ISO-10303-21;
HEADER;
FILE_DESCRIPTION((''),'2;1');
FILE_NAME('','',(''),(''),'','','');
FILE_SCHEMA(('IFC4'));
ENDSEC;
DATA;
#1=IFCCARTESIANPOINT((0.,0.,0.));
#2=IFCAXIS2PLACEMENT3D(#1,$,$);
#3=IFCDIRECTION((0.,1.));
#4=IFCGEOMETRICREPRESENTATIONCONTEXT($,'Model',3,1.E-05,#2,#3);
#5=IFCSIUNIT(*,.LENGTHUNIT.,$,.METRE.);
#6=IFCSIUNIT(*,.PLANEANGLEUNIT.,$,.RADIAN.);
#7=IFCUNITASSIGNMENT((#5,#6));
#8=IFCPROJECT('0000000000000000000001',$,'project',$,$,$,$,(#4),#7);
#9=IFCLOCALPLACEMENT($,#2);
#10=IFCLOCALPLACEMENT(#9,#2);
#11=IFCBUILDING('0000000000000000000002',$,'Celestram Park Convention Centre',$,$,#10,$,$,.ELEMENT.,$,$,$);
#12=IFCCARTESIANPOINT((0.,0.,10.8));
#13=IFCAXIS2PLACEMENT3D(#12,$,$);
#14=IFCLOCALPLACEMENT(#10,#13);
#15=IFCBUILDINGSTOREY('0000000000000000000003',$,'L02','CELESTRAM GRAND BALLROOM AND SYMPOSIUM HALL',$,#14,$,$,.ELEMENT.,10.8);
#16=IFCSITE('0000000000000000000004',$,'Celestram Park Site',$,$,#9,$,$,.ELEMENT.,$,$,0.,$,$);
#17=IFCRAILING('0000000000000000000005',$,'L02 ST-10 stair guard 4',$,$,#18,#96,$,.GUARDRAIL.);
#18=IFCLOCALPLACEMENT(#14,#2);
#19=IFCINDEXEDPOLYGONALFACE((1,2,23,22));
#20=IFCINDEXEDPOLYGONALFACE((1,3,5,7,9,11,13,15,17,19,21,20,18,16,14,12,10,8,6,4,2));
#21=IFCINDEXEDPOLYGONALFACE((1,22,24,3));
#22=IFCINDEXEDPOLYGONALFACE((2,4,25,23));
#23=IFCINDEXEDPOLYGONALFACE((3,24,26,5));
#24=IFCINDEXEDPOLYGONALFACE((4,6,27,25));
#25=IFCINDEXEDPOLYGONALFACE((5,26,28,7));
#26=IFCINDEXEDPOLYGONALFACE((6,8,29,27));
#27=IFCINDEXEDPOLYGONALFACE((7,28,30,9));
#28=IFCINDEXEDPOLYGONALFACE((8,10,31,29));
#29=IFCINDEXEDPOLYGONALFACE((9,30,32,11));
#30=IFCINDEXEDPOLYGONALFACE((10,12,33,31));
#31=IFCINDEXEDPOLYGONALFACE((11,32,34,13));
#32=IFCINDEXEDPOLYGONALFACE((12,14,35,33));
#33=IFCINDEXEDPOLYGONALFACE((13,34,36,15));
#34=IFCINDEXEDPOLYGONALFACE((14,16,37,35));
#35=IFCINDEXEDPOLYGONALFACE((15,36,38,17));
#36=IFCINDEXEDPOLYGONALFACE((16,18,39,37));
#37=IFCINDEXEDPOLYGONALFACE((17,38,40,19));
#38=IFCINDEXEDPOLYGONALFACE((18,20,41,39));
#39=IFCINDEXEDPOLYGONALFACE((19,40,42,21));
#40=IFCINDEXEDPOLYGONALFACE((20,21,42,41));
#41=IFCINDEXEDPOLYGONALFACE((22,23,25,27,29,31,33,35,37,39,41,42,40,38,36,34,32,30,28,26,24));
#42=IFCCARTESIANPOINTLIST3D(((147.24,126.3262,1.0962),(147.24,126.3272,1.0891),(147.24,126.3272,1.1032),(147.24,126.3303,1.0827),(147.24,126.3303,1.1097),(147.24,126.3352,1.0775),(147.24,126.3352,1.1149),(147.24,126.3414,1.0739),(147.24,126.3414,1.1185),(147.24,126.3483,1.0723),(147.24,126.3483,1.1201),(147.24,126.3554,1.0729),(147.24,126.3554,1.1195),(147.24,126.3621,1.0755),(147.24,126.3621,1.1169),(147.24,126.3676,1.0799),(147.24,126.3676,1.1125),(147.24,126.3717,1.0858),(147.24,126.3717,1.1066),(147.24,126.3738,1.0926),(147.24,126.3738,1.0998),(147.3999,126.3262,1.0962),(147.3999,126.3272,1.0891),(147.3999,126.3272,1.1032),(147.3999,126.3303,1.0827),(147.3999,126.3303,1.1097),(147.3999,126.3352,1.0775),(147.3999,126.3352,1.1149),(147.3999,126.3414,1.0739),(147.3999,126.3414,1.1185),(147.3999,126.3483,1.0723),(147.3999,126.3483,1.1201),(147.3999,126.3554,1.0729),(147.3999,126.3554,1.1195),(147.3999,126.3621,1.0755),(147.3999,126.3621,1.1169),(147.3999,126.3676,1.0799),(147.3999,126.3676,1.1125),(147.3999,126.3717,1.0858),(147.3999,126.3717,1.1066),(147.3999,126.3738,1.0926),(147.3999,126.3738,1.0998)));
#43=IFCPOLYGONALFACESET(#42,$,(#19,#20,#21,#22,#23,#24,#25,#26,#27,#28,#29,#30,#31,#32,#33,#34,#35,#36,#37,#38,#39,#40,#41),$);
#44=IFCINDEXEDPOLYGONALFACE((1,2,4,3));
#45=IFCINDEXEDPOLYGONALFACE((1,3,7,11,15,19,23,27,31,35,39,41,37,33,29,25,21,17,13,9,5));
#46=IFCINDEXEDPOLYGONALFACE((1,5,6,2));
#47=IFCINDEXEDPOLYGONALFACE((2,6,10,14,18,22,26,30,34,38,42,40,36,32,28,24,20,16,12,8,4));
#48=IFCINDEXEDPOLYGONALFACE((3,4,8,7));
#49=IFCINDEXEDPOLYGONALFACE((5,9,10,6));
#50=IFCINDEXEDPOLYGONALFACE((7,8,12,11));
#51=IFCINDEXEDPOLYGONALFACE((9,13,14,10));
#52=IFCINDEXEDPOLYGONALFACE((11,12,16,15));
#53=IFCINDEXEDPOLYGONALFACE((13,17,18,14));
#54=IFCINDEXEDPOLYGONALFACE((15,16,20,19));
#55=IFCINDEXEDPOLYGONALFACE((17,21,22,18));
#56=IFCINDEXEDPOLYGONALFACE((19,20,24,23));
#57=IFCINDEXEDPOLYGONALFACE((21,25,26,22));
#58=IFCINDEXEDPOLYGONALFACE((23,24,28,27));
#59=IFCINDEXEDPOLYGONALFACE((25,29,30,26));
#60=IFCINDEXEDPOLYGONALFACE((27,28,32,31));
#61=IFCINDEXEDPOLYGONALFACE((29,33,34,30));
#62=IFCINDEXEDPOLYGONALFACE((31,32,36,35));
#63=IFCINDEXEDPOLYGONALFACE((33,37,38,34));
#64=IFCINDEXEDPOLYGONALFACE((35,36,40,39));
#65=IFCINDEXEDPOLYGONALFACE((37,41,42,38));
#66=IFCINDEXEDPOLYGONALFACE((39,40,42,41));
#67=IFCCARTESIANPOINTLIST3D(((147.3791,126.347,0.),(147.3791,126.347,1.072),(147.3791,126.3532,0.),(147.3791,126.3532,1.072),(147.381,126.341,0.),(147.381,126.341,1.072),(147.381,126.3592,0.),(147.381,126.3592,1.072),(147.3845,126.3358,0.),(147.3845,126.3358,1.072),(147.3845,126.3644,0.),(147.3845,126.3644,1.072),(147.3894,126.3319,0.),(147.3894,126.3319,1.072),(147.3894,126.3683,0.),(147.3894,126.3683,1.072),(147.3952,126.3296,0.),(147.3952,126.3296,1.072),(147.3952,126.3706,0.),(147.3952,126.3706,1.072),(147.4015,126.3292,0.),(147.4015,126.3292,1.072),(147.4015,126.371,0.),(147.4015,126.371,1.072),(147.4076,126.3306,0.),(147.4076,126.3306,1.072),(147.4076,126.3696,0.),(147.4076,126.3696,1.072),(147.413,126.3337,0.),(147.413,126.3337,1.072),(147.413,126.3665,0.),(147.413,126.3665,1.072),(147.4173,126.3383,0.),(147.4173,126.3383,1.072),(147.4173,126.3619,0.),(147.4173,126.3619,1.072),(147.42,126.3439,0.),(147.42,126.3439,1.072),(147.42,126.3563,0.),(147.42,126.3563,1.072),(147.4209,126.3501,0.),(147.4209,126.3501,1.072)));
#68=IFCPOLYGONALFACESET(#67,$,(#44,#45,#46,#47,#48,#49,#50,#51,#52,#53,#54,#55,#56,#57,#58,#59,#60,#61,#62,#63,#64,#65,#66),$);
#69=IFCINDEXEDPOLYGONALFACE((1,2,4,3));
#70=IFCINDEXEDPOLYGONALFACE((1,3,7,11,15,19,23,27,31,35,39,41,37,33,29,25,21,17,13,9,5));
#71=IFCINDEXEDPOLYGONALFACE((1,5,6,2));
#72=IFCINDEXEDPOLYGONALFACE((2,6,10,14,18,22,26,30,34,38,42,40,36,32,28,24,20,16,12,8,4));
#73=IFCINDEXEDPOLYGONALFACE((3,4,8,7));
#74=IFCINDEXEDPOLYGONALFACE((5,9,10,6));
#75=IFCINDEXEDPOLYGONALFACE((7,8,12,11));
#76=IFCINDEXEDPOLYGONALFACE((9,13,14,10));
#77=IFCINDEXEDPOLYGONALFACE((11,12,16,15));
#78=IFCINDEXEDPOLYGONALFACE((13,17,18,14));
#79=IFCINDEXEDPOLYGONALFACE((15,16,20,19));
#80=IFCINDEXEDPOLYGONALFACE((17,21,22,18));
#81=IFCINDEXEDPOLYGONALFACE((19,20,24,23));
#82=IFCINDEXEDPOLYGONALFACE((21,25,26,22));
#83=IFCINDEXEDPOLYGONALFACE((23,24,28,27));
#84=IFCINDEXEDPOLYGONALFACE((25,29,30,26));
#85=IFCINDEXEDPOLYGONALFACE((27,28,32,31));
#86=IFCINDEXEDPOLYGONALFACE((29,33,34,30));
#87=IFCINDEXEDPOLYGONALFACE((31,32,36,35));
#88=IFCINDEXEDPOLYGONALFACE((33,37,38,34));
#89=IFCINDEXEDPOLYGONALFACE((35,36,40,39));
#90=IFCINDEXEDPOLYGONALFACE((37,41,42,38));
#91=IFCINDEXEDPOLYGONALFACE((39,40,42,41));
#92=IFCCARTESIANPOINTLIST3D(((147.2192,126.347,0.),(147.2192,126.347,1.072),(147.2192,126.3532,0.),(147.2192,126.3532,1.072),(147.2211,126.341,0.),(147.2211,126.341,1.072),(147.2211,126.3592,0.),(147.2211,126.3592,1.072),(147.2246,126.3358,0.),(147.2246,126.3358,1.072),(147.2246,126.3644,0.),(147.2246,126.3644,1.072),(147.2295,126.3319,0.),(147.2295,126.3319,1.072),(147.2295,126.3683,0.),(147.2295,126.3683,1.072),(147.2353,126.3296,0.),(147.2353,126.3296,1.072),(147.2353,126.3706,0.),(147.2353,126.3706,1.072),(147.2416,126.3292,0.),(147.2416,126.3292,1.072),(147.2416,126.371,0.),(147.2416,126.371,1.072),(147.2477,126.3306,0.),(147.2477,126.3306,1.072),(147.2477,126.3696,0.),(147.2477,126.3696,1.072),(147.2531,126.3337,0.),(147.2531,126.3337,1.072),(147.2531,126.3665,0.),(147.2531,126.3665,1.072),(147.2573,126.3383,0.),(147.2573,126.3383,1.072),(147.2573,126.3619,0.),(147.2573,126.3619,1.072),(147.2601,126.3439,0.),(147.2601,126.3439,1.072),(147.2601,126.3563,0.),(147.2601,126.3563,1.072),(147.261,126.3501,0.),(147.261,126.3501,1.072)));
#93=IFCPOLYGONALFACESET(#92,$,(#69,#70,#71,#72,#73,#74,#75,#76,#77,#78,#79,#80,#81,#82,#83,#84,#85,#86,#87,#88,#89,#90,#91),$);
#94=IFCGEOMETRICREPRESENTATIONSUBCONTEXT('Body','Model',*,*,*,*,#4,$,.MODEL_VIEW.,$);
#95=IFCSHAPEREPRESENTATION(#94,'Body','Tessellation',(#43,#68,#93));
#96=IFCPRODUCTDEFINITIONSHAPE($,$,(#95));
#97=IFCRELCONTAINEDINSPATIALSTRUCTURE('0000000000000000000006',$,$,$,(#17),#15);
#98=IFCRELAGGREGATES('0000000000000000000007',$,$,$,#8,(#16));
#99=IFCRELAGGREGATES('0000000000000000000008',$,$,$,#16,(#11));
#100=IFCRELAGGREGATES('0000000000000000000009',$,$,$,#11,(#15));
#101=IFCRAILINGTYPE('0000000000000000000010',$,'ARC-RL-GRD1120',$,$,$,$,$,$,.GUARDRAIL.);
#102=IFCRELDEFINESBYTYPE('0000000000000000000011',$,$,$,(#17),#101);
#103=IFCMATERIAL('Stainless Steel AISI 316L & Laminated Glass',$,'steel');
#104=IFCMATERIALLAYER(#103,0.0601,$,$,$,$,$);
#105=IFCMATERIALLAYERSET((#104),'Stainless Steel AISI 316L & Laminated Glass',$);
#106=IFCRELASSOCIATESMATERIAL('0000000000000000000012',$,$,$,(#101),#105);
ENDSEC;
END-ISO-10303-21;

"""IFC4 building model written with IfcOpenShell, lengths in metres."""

from ifc_helpers import new_model, si_unit, direction, frame, origin, origin_2d, place, context, subcontext, project, spatial, circle, extrude, material, layer, layer_set, type_object, element, save


model = new_model("IFC4")

# Units and contexts
model_context = context("Model", 3, precision=1e-05, world=origin(), true_north=direction((0.0, 1.0)))
body_context = subcontext(model_context, "Body", "Model", "MODEL_VIEW")
ifc_project = project(units=[si_unit("LENGTHUNIT", "METRE"), si_unit("PLANEANGLEUNIT", "RADIAN")], contexts=[model_context])

# Site, building, storey
site_placement = place(None, origin())
site = spatial("IfcSite", under=ifc_project, at=site_placement, Name="Celestram Park Site", CompositionType="ELEMENT", RefElevation=0.0)
building_placement = place(site_placement, origin())
building = spatial("IfcBuilding", under=site, at=building_placement, Name="Celestram Park Convention Centre", CompositionType="ELEMENT")
storey_placement = place(building_placement, frame((0.0, 0.0, 10.8)))
storey = spatial("IfcBuildingStorey", under=building, at=storey_placement, Name="L02", Description="CELESTRAM GRAND BALLROOM AND SYMPOSIUM HALL", CompositionType="ELEMENT", Elevation=10.8)

# Railing
ifc_material_1 = material(Name="Stainless Steel AISI 316L & Laminated Glass", Category="steel")
ifc_layer_1 = layer(ifc_material_1, 0.0601)
ifc_layer_set_1 = layer_set([ifc_layer_1], Name="Stainless Steel AISI 316L & Laminated Glass")
railing_type_1 = type_object("IfcRailingType", Name="ARC-RL-GRD1120", PredefinedType="GUARDRAIL", material=ifc_layer_set_1)
railing_1_placement = place(storey_placement, frame((147.3999, 126.3501, 0.0)))
element("IfcRailing", 1, at=railing_1_placement, inside=storey, type_object=railing_type_1, Name="L02 ST-10 stair guard 4", PredefinedType="GUARDRAIL", context=body_context, shape_type="SweptSolid", body=[
    extrude(circle(Radius=0.0239, at=origin_2d()), frame((0.0, 0.0, 1.0962), z_axis=(-1.0, 0.0, 0.0), x_axis=(0.0, -1.0, 0.0)), (0.0, 0.0, 1.0), 0.1599),
    extrude(circle(Radius=0.021, at=origin_2d()), origin(), (0.0, 0.0, 1.0), 1.072),
    extrude(circle(Radius=0.021, at=origin_2d()), frame((-0.1599, 0.0, 0.0)), (0.0, 0.0, 1.0), 1.072),
])

save(model, "model.ifc")
